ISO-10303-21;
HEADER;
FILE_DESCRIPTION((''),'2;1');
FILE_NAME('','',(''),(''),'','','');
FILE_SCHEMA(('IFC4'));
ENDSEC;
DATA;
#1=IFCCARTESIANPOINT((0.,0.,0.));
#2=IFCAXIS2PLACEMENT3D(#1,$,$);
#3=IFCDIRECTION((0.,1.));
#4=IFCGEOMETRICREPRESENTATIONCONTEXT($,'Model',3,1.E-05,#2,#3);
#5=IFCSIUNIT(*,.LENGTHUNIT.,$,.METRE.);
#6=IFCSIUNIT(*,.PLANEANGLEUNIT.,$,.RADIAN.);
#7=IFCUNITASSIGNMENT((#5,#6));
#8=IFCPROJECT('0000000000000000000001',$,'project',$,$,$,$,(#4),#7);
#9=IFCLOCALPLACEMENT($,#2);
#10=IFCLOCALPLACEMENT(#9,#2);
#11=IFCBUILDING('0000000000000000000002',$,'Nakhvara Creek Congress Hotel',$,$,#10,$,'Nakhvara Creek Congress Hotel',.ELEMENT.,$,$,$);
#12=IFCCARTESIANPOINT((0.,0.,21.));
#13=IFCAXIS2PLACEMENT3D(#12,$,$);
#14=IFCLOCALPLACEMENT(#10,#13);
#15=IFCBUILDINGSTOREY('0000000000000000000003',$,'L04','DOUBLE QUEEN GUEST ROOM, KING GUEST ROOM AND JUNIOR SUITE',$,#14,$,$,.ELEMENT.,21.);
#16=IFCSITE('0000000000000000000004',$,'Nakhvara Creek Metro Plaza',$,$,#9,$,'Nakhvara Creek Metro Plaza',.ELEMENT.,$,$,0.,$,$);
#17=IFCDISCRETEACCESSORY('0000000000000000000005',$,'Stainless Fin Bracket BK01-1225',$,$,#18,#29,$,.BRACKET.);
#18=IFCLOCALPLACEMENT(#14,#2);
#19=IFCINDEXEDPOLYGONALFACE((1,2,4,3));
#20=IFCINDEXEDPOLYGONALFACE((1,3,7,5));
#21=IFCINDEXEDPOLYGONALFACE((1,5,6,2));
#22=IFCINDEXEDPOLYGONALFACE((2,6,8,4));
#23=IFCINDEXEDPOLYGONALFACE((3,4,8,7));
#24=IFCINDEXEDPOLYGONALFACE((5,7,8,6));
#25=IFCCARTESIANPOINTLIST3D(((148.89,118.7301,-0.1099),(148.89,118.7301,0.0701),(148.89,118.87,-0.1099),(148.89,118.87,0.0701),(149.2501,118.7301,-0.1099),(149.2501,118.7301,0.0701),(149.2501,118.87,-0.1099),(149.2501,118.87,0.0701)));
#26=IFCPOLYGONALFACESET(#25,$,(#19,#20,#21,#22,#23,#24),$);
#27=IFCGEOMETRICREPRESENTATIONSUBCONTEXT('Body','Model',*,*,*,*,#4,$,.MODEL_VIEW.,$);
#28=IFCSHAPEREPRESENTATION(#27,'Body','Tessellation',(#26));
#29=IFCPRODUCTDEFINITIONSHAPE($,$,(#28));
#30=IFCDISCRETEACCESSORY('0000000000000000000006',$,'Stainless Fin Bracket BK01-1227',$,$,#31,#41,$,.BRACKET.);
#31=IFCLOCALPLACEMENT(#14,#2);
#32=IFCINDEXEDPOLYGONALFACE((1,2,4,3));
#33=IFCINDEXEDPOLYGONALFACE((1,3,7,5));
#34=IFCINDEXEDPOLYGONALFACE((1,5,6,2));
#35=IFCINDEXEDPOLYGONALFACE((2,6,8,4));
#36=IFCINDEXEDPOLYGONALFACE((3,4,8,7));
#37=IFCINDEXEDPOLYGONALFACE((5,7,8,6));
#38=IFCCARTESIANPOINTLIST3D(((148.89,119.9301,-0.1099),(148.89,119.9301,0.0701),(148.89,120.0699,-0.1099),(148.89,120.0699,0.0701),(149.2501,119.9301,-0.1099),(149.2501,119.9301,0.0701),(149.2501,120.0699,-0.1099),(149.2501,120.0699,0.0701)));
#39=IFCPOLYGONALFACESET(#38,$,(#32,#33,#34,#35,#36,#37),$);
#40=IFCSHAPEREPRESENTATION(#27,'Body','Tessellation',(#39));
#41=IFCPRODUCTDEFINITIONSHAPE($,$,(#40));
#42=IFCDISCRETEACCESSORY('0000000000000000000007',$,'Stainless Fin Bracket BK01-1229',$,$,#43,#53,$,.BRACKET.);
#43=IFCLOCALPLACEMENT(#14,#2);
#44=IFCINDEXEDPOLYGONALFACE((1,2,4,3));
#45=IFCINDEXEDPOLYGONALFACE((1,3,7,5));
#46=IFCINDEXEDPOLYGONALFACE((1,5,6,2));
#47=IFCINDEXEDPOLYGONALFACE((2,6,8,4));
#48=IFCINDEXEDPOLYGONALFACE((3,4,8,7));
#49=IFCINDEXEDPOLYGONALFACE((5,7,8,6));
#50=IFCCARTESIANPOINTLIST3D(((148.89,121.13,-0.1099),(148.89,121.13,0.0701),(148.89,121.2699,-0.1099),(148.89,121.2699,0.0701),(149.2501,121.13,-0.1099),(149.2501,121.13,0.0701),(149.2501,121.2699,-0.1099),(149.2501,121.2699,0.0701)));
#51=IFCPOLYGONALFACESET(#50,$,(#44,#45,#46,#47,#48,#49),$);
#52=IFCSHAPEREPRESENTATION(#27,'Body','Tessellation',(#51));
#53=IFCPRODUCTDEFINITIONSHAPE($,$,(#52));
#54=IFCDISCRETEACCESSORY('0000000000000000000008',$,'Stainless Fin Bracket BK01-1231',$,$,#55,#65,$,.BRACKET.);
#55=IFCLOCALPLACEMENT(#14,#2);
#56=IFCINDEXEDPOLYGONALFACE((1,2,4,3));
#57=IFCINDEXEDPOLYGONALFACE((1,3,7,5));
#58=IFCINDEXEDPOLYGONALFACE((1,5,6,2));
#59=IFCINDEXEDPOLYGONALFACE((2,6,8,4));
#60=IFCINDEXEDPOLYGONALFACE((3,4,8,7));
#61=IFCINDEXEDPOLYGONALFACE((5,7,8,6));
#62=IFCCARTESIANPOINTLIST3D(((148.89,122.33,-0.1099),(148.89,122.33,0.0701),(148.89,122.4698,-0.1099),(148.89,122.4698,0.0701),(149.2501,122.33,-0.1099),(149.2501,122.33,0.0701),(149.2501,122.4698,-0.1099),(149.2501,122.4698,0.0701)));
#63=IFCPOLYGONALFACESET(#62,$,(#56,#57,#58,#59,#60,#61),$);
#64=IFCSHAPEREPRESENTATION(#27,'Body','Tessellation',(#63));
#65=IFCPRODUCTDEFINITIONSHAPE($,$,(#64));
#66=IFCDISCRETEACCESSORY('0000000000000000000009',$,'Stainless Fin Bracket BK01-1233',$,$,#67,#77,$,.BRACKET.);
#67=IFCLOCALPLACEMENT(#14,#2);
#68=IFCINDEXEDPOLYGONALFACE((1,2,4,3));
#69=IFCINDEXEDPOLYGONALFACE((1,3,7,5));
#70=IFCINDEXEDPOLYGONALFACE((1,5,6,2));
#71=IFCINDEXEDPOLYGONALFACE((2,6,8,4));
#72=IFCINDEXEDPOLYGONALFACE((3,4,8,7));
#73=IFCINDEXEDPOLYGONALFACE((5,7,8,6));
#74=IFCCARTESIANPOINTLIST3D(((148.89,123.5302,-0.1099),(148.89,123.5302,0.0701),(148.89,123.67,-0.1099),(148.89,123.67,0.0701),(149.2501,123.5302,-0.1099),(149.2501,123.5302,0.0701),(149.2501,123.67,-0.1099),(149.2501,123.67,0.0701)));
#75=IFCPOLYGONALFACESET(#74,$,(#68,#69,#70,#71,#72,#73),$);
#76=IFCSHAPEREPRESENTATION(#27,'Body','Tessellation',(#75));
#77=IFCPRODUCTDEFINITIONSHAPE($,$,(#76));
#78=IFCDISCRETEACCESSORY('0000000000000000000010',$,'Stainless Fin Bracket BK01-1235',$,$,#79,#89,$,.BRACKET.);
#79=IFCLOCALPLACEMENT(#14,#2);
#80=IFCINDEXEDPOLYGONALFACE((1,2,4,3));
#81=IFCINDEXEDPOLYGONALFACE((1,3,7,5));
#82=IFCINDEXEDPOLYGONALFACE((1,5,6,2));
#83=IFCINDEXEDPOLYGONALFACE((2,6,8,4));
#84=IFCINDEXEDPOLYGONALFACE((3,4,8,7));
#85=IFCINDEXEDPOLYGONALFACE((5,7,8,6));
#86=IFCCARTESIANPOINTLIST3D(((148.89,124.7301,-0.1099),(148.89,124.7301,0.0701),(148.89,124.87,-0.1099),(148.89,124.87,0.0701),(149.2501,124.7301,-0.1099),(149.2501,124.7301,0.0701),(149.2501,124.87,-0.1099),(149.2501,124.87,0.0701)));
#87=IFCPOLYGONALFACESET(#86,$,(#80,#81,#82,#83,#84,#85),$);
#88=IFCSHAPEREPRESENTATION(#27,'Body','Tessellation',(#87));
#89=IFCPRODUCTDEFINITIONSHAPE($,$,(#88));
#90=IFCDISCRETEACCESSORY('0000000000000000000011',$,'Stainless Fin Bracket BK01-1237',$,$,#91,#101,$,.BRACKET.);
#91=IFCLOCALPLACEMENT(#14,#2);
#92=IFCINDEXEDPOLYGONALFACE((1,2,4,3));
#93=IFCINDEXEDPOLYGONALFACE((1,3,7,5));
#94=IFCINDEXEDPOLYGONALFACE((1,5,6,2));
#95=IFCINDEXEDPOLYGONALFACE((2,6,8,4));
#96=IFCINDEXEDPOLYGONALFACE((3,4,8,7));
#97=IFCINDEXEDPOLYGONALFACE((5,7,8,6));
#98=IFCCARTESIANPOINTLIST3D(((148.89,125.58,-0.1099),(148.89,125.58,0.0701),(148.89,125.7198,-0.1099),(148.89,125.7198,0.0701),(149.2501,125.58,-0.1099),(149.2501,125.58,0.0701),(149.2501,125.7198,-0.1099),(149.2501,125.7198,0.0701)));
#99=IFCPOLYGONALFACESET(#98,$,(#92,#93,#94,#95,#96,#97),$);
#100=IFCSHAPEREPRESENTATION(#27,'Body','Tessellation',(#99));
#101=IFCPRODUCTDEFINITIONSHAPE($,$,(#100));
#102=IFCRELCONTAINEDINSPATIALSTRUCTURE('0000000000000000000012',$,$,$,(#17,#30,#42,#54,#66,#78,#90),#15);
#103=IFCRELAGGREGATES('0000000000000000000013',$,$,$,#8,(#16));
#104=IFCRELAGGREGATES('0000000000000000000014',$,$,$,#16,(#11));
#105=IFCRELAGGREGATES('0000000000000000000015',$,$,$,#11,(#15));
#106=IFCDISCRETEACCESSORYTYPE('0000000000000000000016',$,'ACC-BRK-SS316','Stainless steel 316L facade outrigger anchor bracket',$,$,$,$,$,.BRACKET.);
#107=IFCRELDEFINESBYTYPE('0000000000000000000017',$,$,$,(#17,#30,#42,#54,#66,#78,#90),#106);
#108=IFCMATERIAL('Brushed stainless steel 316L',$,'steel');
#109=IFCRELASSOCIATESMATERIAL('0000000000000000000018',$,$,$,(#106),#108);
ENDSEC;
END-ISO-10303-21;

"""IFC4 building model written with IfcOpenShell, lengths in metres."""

from ifc_helpers import new_model, si_unit, direction, frame, origin, origin_2d, place, context, subcontext, project, spatial, rectangle, extrude, material, type_object, element, save


model = new_model("IFC4")

# Units and contexts
model_context = context("Model", 3, precision=1e-05, world=origin(), true_north=direction((0.0, 1.0)))
body_context = subcontext(model_context, "Body", "Model", "MODEL_VIEW")
ifc_project = project(units=[si_unit("LENGTHUNIT", "METRE"), si_unit("PLANEANGLEUNIT", "RADIAN")], contexts=[model_context])

# Site, building, storey
site_placement = place(None, origin())
site = spatial("IfcSite", under=ifc_project, at=site_placement, Name="Nakhvara Creek Metro Plaza", LongName="Nakhvara Creek Metro Plaza", CompositionType="ELEMENT", RefElevation=0.0)
building_placement = place(site_placement, origin())
building = spatial("IfcBuilding", under=site, at=building_placement, Name="Nakhvara Creek Congress Hotel", LongName="Nakhvara Creek Congress Hotel", CompositionType="ELEMENT")
storey_placement = place(building_placement, frame((0.0, 0.0, 21.0)))
storey = spatial("IfcBuildingStorey", under=building, at=storey_placement, Name="L04", Description="DOUBLE QUEEN GUEST ROOM, KING GUEST ROOM AND JUNIOR SUITE", CompositionType="ELEMENT", Elevation=21.0)

# Discrete accessories
ifc_material = material(Name="Brushed stainless steel 316L", Category="steel")
discrete_accessory_type = type_object("IfcDiscreteAccessoryType", Name="ACC-BRK-SS316", Description="Stainless steel 316L facade outrigger anchor bracket", PredefinedType="BRACKET", material=ifc_material)
for number, where, z_axis, x_axis, name in (
    (1, (149.0701, 118.8, -0.1099), (0.0, 0.0, 1.0), (0.0, 1.0, 0.0), "Stainless Fin Bracket BK01-1225"),
    (2, (149.0701, 120.0, -0.1099), (0.0, 0.0, 1.0), (0.0, 1.0, 0.0), "Stainless Fin Bracket BK01-1227"),
    (3, (149.0701, 121.2, -0.1099), (0.0, 0.0, 1.0), (0.0, 1.0, 0.0), "Stainless Fin Bracket BK01-1229"),
    (4, (149.0701, 122.3999, -0.1099), (0.0, 0.0, 1.0), (0.0, 1.0, 0.0), "Stainless Fin Bracket BK01-1231"),
    (5, (149.0701, 123.6001, -0.1099), (0.0, 0.0, 1.0), (0.0, 1.0, 0.0), "Stainless Fin Bracket BK01-1233"),
    (6, (149.0701, 124.8, -0.1099), (0.0, 0.0, 1.0), (0.0, 1.0, 0.0), "Stainless Fin Bracket BK01-1235"),
    (7, (149.0701, 125.6499, -0.1099), (0.0, 0.0, 1.0), (0.0, 1.0, 0.0), "Stainless Fin Bracket BK01-1237"),
):
    element("IfcDiscreteAccessory", number, at=place(storey_placement, frame(where, z_axis=z_axis, x_axis=x_axis)), inside=storey, type_object=discrete_accessory_type, Name=name, PredefinedType="BRACKET", context=body_context, shape_type="SweptSolid", body=[
        extrude(rectangle(XDim=0.1399, YDim=0.3601, at=origin_2d()), origin(), (0.0, 0.0, 1.0), 0.1799),
    ])

save(model, "model.ifc")
